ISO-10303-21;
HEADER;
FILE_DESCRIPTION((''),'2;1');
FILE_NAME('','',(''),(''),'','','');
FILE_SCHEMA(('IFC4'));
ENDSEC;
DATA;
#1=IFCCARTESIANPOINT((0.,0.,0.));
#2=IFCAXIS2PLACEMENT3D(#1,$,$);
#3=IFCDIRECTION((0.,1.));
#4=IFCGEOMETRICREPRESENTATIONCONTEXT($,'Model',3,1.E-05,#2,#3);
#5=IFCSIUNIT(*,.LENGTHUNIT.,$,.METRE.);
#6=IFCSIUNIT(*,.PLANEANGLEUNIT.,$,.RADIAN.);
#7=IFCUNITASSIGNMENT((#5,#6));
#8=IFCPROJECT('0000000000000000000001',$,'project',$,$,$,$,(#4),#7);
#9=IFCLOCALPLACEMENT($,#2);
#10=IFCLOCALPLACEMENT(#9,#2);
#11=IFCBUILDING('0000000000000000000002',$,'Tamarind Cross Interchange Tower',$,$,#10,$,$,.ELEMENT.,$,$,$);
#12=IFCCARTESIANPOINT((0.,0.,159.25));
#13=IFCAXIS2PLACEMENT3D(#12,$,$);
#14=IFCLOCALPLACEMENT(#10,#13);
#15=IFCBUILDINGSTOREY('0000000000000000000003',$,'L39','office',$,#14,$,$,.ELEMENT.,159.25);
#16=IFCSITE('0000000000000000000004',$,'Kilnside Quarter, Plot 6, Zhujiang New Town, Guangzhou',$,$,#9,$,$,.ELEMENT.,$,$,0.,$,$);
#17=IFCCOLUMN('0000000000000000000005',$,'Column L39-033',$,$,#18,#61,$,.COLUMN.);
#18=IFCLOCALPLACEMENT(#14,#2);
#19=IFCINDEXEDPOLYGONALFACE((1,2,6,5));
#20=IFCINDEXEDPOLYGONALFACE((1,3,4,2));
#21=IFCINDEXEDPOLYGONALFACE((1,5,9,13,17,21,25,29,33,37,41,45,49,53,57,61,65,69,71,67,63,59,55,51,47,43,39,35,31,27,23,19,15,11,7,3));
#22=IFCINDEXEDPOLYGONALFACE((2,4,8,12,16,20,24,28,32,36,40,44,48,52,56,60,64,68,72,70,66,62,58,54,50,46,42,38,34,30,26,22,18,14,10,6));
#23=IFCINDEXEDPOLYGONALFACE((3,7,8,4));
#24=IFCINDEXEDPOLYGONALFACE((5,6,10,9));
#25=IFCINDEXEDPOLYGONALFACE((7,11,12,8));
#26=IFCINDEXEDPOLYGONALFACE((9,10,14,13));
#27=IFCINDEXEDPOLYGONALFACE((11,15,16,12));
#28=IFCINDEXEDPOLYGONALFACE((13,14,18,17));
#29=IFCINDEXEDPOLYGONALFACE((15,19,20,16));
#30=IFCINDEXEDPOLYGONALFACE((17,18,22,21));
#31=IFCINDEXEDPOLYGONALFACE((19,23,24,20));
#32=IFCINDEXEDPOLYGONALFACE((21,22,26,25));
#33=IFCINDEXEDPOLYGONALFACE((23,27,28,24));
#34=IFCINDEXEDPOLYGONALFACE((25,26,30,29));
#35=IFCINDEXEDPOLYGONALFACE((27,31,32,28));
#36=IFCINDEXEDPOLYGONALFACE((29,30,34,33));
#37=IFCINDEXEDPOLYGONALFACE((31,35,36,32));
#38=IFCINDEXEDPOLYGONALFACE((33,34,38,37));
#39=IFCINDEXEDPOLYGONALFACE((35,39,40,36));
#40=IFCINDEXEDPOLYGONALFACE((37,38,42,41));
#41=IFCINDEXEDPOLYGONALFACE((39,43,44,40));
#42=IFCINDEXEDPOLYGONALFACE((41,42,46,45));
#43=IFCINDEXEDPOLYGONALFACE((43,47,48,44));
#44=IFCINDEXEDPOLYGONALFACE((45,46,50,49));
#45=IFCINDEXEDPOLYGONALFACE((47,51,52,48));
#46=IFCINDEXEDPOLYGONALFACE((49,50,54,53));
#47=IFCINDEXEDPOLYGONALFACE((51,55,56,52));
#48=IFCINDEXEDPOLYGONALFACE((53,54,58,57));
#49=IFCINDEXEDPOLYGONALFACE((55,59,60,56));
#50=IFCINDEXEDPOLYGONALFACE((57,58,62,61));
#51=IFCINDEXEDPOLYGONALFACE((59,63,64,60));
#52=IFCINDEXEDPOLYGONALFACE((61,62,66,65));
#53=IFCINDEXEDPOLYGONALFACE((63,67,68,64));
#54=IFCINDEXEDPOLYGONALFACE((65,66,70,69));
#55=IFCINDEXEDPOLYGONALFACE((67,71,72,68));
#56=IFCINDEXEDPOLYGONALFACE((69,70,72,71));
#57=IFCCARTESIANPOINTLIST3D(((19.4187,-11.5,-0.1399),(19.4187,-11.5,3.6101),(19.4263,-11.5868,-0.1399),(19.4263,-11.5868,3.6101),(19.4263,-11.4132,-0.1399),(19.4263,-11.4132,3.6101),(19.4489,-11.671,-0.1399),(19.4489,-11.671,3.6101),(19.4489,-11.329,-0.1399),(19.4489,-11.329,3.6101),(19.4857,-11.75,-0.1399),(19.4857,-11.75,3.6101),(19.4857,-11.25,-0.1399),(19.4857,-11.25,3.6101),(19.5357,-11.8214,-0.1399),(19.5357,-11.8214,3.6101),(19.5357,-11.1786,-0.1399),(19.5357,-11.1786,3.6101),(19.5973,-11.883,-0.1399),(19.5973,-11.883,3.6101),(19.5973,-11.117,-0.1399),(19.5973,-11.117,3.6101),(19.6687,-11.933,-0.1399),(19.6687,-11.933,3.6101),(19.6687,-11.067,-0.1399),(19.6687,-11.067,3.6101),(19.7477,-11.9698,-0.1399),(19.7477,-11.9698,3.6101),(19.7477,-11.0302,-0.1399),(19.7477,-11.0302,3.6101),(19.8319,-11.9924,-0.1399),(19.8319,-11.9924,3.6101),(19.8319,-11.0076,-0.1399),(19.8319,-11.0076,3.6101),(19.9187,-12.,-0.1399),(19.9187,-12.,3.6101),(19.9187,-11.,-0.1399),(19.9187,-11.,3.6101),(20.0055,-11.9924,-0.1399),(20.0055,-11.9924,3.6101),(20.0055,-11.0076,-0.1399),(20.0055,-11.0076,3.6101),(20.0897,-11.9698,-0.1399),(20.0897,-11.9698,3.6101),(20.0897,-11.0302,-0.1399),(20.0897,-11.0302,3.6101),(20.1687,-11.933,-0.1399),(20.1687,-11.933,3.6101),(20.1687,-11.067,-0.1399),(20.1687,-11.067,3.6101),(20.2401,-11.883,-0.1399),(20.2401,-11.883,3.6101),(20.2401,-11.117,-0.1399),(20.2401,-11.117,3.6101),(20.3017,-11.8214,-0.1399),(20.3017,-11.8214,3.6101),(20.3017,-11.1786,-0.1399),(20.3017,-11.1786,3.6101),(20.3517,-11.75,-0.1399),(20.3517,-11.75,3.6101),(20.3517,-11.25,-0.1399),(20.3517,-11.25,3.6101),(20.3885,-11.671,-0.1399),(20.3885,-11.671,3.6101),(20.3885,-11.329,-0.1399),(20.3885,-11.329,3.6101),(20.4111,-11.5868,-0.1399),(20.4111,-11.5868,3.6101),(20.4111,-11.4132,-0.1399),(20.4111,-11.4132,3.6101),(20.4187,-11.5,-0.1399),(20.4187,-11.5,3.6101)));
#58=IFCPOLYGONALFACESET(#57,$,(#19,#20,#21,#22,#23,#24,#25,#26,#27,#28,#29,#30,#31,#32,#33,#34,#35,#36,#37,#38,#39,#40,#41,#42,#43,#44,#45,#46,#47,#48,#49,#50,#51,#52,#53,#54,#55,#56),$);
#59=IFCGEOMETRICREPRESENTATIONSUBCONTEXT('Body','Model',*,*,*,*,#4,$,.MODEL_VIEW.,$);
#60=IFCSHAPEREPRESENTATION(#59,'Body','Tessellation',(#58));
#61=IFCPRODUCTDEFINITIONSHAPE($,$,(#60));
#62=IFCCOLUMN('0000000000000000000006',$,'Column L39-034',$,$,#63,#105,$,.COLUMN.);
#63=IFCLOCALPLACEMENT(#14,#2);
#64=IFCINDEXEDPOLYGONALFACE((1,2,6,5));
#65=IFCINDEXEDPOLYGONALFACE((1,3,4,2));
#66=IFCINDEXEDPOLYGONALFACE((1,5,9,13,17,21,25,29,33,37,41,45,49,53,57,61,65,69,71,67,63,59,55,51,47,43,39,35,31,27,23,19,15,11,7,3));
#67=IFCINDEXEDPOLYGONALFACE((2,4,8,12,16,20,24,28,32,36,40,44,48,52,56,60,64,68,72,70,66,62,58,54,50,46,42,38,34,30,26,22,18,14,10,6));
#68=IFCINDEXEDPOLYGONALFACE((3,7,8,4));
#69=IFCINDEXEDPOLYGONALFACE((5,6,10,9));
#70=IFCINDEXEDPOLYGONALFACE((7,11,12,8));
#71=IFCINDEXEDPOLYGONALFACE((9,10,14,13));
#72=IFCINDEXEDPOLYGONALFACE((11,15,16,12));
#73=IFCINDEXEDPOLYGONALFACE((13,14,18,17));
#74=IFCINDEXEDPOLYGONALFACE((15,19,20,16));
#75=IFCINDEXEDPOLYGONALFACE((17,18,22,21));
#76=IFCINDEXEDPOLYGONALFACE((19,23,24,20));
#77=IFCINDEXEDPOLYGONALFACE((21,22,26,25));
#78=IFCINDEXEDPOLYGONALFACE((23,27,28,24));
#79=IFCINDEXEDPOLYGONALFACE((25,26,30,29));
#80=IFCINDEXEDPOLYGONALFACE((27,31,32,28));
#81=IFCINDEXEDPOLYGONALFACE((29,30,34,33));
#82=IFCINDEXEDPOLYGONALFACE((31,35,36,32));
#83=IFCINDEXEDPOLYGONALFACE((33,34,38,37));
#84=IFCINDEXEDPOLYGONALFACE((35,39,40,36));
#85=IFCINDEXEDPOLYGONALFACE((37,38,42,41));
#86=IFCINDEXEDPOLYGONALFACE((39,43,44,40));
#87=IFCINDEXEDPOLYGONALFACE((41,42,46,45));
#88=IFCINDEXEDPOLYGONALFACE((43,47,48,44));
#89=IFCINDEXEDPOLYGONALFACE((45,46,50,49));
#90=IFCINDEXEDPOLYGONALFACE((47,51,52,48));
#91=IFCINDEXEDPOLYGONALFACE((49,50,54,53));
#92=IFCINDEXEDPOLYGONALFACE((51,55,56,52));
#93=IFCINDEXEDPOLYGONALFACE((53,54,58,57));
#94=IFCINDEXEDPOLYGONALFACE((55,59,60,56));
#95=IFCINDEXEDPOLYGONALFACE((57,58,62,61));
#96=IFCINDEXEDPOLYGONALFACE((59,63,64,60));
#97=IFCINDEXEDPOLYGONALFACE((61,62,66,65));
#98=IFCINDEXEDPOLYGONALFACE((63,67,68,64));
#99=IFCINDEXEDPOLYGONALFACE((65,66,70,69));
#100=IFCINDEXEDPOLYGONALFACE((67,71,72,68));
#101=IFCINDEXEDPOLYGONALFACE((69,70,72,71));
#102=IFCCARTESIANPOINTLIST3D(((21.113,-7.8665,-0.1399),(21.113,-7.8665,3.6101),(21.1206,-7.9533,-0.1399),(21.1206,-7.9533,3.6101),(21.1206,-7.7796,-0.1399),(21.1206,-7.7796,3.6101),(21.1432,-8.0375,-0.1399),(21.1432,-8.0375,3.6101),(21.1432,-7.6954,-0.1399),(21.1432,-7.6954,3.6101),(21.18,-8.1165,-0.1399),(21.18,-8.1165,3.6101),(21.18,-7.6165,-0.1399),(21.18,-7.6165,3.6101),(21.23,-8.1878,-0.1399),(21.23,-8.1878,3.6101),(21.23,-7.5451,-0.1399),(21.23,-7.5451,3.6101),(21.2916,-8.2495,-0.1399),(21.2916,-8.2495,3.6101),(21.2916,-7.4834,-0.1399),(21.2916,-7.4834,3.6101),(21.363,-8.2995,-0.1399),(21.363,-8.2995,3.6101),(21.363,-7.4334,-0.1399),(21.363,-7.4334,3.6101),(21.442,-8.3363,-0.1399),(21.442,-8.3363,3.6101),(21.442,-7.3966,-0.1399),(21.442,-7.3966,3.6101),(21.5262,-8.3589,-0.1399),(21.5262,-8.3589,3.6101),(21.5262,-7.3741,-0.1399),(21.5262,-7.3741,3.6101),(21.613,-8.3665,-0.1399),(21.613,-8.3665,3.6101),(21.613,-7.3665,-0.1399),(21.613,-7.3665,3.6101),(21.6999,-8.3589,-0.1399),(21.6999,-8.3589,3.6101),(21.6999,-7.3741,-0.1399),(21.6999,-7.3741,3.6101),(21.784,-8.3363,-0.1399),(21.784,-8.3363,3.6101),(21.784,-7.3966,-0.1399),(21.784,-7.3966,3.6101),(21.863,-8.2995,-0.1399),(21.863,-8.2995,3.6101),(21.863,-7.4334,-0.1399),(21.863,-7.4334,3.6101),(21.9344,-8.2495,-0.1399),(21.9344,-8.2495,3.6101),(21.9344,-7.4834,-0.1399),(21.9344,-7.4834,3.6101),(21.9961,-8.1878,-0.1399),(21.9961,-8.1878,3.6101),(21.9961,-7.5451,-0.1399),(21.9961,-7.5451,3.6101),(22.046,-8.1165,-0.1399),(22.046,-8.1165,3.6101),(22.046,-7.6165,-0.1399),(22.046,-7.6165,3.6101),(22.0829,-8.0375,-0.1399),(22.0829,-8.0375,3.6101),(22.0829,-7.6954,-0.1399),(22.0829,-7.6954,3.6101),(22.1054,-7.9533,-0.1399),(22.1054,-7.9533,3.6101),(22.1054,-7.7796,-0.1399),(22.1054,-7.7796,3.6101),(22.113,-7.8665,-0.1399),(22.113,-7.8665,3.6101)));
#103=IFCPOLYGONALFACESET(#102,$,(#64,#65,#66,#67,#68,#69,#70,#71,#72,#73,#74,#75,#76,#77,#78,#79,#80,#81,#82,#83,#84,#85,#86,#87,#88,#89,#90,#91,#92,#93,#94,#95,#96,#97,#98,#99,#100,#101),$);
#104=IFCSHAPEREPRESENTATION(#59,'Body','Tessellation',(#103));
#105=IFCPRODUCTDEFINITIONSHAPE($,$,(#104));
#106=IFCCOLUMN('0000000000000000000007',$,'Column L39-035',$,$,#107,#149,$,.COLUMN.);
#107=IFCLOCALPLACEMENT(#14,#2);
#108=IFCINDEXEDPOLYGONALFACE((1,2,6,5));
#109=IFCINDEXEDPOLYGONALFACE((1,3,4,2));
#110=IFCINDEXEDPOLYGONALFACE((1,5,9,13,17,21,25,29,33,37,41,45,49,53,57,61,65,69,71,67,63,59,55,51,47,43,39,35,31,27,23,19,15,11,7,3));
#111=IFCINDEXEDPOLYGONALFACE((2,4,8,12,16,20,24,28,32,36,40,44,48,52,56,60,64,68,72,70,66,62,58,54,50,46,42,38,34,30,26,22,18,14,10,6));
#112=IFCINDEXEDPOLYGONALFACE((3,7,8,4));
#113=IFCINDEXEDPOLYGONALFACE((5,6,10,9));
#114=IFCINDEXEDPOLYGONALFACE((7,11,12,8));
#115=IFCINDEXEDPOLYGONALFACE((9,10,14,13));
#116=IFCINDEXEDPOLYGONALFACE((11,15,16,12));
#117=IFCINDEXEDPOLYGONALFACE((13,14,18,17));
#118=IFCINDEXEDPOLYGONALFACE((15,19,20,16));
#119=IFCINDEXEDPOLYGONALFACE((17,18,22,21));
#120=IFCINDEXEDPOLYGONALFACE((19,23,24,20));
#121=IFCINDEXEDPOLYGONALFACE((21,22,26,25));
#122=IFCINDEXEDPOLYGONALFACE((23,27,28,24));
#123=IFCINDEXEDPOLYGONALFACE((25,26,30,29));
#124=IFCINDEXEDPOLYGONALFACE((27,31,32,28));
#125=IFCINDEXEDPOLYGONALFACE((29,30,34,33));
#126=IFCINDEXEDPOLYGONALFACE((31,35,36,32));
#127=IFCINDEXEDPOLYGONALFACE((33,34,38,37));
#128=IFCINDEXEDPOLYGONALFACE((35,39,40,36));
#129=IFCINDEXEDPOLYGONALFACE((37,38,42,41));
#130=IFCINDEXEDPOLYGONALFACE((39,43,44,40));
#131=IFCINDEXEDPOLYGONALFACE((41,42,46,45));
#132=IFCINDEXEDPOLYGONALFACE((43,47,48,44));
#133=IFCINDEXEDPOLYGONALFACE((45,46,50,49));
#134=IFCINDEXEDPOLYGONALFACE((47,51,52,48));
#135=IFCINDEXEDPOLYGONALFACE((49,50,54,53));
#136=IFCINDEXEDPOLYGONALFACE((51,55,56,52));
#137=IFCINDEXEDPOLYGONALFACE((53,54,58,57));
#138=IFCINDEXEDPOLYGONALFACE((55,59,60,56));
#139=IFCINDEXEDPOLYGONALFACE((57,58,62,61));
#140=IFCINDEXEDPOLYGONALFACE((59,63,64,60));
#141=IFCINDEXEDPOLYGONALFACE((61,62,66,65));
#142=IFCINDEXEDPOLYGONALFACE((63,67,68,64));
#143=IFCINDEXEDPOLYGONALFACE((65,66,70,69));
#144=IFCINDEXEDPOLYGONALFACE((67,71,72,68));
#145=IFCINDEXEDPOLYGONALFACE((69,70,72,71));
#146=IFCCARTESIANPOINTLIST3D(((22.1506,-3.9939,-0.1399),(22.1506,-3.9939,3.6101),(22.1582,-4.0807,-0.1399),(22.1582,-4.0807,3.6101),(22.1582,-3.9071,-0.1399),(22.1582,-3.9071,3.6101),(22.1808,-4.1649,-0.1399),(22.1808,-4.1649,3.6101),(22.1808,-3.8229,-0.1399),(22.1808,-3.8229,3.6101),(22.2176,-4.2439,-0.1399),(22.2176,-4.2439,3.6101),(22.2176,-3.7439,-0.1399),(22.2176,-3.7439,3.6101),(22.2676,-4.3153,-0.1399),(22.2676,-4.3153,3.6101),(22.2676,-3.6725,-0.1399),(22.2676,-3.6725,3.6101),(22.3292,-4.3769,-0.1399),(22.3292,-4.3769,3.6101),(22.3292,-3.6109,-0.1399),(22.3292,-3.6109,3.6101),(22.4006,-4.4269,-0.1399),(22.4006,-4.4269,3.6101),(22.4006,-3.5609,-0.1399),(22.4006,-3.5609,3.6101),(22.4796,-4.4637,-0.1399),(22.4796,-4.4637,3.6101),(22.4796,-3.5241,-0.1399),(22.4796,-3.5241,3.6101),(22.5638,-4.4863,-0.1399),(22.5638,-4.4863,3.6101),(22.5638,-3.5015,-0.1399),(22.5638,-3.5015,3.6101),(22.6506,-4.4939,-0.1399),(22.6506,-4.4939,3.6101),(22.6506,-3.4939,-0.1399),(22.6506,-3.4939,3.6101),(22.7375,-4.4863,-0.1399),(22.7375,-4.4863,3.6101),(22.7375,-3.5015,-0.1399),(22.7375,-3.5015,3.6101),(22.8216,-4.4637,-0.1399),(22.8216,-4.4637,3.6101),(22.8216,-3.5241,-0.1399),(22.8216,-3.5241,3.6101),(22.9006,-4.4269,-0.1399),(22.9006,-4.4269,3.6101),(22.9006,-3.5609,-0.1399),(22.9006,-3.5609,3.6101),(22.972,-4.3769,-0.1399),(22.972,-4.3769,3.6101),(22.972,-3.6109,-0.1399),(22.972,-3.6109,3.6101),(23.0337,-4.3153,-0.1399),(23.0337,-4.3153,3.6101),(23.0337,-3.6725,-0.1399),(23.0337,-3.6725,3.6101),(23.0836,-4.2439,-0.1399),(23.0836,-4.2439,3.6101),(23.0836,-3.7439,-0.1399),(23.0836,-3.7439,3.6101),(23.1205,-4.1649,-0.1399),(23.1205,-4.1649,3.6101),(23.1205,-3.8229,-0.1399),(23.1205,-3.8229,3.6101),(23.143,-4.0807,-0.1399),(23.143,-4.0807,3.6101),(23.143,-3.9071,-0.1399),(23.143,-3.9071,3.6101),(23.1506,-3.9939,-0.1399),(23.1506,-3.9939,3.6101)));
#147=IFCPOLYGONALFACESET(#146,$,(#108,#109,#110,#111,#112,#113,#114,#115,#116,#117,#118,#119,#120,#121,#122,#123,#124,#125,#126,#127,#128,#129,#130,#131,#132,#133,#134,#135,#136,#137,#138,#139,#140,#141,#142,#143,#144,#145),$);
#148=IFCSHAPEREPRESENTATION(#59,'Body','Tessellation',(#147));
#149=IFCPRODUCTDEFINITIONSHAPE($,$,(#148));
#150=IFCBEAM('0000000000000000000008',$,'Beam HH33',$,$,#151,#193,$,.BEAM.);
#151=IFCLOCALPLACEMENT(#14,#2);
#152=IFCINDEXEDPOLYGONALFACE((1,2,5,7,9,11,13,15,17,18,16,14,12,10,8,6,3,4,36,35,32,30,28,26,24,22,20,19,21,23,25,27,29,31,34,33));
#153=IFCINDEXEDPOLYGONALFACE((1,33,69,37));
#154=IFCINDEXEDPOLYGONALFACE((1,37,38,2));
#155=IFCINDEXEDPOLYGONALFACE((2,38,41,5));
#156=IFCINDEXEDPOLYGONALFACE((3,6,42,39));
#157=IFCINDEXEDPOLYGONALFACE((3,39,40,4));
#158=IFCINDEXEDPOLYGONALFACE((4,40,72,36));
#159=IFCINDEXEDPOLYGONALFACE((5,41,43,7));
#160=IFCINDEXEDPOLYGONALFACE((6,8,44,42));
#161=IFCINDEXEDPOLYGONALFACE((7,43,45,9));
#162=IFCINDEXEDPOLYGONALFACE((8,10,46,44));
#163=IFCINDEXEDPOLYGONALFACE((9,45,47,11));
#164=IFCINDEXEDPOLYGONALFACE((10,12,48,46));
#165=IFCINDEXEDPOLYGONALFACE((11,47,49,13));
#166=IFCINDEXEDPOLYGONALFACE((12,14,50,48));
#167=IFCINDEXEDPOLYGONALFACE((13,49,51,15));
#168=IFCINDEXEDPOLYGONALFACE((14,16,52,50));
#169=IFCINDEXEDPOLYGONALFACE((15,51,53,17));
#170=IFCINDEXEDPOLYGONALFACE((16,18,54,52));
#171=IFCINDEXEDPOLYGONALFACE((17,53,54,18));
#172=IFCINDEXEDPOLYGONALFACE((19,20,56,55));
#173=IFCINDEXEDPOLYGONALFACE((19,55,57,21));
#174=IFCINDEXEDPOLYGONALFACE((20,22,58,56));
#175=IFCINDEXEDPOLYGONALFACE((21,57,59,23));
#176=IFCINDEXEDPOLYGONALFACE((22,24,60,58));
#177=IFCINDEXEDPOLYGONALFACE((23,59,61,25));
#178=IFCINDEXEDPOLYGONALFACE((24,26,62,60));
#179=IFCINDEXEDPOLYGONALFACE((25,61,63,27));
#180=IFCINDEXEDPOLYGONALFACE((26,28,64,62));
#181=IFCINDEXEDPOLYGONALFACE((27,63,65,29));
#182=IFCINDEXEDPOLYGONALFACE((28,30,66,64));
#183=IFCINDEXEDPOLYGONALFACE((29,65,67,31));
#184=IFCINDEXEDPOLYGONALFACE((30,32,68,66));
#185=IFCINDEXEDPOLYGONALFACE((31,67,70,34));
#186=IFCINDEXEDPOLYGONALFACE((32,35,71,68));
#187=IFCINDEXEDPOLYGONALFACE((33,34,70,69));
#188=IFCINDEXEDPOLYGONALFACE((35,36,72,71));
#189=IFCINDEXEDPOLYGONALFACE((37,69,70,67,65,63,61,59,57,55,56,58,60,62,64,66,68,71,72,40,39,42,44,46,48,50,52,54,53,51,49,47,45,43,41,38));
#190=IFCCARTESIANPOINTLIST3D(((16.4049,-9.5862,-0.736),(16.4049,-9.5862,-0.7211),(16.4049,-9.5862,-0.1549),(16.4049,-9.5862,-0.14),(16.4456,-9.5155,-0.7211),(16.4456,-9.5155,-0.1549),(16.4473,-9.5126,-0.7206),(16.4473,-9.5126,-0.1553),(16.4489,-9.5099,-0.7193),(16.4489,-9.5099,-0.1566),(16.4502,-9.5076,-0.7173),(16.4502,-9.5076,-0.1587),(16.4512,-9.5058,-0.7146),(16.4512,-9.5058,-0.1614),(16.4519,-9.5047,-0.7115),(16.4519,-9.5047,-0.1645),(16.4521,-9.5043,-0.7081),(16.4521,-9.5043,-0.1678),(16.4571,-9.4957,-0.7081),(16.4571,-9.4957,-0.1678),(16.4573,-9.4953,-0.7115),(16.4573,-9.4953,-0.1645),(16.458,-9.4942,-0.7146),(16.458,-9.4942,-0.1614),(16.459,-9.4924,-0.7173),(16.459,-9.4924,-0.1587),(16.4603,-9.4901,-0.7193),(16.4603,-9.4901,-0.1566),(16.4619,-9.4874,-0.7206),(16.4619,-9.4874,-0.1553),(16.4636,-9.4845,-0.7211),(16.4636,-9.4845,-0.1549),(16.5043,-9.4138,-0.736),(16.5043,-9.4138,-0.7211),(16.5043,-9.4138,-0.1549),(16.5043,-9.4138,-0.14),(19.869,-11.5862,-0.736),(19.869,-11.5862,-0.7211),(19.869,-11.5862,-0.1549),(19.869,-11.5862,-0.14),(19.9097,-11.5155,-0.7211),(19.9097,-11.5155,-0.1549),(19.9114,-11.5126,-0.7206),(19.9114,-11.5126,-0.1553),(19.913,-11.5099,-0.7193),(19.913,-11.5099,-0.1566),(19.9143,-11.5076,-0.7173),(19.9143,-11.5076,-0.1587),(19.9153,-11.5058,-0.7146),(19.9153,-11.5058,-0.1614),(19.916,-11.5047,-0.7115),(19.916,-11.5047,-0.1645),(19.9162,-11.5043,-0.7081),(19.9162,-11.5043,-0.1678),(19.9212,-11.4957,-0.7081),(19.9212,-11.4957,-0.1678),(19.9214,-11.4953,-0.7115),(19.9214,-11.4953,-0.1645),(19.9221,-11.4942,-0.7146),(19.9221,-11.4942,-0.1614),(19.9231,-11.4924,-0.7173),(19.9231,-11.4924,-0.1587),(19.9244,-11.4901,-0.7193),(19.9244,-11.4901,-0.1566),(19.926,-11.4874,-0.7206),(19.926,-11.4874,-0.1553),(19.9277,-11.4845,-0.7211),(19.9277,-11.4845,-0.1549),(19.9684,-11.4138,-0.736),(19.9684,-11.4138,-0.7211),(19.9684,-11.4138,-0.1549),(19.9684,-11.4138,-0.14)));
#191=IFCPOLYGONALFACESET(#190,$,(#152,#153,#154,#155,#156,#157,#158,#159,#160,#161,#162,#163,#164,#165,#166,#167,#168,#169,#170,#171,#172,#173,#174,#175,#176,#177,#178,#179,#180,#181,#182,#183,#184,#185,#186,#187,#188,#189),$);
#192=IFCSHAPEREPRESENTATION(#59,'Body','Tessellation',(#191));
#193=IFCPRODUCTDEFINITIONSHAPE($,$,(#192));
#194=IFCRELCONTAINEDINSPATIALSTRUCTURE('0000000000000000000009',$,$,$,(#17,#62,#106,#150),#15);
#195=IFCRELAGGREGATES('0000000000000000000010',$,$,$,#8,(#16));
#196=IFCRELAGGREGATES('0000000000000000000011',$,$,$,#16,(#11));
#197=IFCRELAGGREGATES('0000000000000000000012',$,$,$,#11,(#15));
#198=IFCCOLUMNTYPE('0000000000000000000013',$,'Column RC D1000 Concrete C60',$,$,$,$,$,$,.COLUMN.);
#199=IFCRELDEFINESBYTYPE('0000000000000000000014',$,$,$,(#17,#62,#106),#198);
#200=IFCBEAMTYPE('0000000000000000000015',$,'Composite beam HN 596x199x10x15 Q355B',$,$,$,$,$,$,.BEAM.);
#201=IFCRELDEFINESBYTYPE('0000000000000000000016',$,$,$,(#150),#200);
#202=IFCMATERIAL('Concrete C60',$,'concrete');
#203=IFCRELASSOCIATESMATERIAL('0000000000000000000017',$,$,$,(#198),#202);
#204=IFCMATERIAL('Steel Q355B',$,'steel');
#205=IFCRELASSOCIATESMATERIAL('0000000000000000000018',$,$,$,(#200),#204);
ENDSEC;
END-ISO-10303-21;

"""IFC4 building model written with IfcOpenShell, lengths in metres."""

from ifc_helpers import new_model, si_unit, direction, frame, origin, origin_2d, place, context, subcontext, project, spatial, circle, i_section, extrude, material, material_profile, profile_set, type_object, element, save


model = new_model("IFC4")

# Units and contexts
model_context = context("Model", 3, precision=1e-05, world=origin(), true_north=direction((0.0, 1.0)))
body_context = subcontext(model_context, "Body", "Model", "MODEL_VIEW")
ifc_project = project(units=[si_unit("LENGTHUNIT", "METRE"), si_unit("PLANEANGLEUNIT", "RADIAN")], contexts=[model_context])

# Site, building, storey
site_placement = place(None, origin())
site = spatial("IfcSite", under=ifc_project, at=site_placement, Name="Kilnside Quarter, Plot 6, Zhujiang New Town, Guangzhou", CompositionType="ELEMENT", RefElevation=0.0)
building_placement = place(site_placement, origin())
building = spatial("IfcBuilding", under=site, at=building_placement, Name="Tamarind Cross Interchange Tower", CompositionType="ELEMENT")
storey_placement = place(building_placement, frame((0.0, 0.0, 159.25)))
storey = spatial("IfcBuildingStorey", under=building, at=storey_placement, Name="L39", Description="office", CompositionType="ELEMENT", Elevation=159.25)

# Columns
ifc_material_1 = material(Name="Concrete C60", Category="concrete")
ifc_material_profile_1 = material_profile(ifc_material_1, circle(Radius=0.5, at=origin_2d()), Name="RC D1000")
ifc_profile_set_1 = profile_set([ifc_material_profile_1], Name="Concrete C60")
column_type = type_object("IfcColumnType", Name="Column RC D1000 Concrete C60", PredefinedType="COLUMN", material=ifc_profile_set_1)
for number, where, z_axis, x_axis, name in (
    (1, (19.9187, -11.5, -0.1399), (0.0, 0.0, 1.0), (1.0, 0.0, 0.0), "Column L39-033"),
    (2, (21.613, -7.8665, -0.1399), (0.0, 0.0, 1.0), (1.0, 0.0, 0.0), "Column L39-034"),
    (3, (22.6506, -3.9939, -0.1399), (0.0, 0.0, 1.0), (1.0, 0.0, 0.0), "Column L39-035"),
):
    element("IfcColumn", number, at=place(storey_placement, frame(where, z_axis=z_axis, x_axis=x_axis)), inside=storey, type_object=column_type, Name=name, PredefinedType="COLUMN", context=body_context, shape_type="SweptSolid", body=[
        extrude(circle(Radius=0.5, at=origin_2d()), origin(), (0.0, 0.0, 1.0), 3.75),
    ])

# Beam
ifc_material_2 = material(Name="Steel Q355B", Category="steel")
ifc_material_profile_2 = material_profile(ifc_material_2, i_section(OverallWidth=0.199, OverallDepth=0.5959, WebThickness=0.01, FlangeThickness=0.0149, FilletRadius=0.0129, at=origin_2d()), Name="HN 596x199x10x15")
ifc_profile_set_2 = profile_set([ifc_material_profile_2], Name="Steel Q355B")
beam_type = type_object("IfcBeamType", Name="Composite beam HN 596x199x10x15 Q355B", PredefinedType="BEAM", material=ifc_profile_set_2)
beam_1_placement = place(storey_placement, frame((19.9187, -11.5, -0.438), z_axis=(-0.866026, 0.499999, 0.0), x_axis=(-0.499999, -0.866026, 0.0)))
element("IfcBeam", 4, at=beam_1_placement, inside=storey, type_object=beam_type, Name="Beam HH33", PredefinedType="BEAM", context=body_context, shape_type="SweptSolid", body=[
    extrude(i_section(OverallWidth=0.199, OverallDepth=0.5959, WebThickness=0.01, FlangeThickness=0.0149, FilletRadius=0.0129, at=origin_2d()), origin(), (0.0, 0.0, 1.0), 4.0),
])

save(model, "model.ifc")
